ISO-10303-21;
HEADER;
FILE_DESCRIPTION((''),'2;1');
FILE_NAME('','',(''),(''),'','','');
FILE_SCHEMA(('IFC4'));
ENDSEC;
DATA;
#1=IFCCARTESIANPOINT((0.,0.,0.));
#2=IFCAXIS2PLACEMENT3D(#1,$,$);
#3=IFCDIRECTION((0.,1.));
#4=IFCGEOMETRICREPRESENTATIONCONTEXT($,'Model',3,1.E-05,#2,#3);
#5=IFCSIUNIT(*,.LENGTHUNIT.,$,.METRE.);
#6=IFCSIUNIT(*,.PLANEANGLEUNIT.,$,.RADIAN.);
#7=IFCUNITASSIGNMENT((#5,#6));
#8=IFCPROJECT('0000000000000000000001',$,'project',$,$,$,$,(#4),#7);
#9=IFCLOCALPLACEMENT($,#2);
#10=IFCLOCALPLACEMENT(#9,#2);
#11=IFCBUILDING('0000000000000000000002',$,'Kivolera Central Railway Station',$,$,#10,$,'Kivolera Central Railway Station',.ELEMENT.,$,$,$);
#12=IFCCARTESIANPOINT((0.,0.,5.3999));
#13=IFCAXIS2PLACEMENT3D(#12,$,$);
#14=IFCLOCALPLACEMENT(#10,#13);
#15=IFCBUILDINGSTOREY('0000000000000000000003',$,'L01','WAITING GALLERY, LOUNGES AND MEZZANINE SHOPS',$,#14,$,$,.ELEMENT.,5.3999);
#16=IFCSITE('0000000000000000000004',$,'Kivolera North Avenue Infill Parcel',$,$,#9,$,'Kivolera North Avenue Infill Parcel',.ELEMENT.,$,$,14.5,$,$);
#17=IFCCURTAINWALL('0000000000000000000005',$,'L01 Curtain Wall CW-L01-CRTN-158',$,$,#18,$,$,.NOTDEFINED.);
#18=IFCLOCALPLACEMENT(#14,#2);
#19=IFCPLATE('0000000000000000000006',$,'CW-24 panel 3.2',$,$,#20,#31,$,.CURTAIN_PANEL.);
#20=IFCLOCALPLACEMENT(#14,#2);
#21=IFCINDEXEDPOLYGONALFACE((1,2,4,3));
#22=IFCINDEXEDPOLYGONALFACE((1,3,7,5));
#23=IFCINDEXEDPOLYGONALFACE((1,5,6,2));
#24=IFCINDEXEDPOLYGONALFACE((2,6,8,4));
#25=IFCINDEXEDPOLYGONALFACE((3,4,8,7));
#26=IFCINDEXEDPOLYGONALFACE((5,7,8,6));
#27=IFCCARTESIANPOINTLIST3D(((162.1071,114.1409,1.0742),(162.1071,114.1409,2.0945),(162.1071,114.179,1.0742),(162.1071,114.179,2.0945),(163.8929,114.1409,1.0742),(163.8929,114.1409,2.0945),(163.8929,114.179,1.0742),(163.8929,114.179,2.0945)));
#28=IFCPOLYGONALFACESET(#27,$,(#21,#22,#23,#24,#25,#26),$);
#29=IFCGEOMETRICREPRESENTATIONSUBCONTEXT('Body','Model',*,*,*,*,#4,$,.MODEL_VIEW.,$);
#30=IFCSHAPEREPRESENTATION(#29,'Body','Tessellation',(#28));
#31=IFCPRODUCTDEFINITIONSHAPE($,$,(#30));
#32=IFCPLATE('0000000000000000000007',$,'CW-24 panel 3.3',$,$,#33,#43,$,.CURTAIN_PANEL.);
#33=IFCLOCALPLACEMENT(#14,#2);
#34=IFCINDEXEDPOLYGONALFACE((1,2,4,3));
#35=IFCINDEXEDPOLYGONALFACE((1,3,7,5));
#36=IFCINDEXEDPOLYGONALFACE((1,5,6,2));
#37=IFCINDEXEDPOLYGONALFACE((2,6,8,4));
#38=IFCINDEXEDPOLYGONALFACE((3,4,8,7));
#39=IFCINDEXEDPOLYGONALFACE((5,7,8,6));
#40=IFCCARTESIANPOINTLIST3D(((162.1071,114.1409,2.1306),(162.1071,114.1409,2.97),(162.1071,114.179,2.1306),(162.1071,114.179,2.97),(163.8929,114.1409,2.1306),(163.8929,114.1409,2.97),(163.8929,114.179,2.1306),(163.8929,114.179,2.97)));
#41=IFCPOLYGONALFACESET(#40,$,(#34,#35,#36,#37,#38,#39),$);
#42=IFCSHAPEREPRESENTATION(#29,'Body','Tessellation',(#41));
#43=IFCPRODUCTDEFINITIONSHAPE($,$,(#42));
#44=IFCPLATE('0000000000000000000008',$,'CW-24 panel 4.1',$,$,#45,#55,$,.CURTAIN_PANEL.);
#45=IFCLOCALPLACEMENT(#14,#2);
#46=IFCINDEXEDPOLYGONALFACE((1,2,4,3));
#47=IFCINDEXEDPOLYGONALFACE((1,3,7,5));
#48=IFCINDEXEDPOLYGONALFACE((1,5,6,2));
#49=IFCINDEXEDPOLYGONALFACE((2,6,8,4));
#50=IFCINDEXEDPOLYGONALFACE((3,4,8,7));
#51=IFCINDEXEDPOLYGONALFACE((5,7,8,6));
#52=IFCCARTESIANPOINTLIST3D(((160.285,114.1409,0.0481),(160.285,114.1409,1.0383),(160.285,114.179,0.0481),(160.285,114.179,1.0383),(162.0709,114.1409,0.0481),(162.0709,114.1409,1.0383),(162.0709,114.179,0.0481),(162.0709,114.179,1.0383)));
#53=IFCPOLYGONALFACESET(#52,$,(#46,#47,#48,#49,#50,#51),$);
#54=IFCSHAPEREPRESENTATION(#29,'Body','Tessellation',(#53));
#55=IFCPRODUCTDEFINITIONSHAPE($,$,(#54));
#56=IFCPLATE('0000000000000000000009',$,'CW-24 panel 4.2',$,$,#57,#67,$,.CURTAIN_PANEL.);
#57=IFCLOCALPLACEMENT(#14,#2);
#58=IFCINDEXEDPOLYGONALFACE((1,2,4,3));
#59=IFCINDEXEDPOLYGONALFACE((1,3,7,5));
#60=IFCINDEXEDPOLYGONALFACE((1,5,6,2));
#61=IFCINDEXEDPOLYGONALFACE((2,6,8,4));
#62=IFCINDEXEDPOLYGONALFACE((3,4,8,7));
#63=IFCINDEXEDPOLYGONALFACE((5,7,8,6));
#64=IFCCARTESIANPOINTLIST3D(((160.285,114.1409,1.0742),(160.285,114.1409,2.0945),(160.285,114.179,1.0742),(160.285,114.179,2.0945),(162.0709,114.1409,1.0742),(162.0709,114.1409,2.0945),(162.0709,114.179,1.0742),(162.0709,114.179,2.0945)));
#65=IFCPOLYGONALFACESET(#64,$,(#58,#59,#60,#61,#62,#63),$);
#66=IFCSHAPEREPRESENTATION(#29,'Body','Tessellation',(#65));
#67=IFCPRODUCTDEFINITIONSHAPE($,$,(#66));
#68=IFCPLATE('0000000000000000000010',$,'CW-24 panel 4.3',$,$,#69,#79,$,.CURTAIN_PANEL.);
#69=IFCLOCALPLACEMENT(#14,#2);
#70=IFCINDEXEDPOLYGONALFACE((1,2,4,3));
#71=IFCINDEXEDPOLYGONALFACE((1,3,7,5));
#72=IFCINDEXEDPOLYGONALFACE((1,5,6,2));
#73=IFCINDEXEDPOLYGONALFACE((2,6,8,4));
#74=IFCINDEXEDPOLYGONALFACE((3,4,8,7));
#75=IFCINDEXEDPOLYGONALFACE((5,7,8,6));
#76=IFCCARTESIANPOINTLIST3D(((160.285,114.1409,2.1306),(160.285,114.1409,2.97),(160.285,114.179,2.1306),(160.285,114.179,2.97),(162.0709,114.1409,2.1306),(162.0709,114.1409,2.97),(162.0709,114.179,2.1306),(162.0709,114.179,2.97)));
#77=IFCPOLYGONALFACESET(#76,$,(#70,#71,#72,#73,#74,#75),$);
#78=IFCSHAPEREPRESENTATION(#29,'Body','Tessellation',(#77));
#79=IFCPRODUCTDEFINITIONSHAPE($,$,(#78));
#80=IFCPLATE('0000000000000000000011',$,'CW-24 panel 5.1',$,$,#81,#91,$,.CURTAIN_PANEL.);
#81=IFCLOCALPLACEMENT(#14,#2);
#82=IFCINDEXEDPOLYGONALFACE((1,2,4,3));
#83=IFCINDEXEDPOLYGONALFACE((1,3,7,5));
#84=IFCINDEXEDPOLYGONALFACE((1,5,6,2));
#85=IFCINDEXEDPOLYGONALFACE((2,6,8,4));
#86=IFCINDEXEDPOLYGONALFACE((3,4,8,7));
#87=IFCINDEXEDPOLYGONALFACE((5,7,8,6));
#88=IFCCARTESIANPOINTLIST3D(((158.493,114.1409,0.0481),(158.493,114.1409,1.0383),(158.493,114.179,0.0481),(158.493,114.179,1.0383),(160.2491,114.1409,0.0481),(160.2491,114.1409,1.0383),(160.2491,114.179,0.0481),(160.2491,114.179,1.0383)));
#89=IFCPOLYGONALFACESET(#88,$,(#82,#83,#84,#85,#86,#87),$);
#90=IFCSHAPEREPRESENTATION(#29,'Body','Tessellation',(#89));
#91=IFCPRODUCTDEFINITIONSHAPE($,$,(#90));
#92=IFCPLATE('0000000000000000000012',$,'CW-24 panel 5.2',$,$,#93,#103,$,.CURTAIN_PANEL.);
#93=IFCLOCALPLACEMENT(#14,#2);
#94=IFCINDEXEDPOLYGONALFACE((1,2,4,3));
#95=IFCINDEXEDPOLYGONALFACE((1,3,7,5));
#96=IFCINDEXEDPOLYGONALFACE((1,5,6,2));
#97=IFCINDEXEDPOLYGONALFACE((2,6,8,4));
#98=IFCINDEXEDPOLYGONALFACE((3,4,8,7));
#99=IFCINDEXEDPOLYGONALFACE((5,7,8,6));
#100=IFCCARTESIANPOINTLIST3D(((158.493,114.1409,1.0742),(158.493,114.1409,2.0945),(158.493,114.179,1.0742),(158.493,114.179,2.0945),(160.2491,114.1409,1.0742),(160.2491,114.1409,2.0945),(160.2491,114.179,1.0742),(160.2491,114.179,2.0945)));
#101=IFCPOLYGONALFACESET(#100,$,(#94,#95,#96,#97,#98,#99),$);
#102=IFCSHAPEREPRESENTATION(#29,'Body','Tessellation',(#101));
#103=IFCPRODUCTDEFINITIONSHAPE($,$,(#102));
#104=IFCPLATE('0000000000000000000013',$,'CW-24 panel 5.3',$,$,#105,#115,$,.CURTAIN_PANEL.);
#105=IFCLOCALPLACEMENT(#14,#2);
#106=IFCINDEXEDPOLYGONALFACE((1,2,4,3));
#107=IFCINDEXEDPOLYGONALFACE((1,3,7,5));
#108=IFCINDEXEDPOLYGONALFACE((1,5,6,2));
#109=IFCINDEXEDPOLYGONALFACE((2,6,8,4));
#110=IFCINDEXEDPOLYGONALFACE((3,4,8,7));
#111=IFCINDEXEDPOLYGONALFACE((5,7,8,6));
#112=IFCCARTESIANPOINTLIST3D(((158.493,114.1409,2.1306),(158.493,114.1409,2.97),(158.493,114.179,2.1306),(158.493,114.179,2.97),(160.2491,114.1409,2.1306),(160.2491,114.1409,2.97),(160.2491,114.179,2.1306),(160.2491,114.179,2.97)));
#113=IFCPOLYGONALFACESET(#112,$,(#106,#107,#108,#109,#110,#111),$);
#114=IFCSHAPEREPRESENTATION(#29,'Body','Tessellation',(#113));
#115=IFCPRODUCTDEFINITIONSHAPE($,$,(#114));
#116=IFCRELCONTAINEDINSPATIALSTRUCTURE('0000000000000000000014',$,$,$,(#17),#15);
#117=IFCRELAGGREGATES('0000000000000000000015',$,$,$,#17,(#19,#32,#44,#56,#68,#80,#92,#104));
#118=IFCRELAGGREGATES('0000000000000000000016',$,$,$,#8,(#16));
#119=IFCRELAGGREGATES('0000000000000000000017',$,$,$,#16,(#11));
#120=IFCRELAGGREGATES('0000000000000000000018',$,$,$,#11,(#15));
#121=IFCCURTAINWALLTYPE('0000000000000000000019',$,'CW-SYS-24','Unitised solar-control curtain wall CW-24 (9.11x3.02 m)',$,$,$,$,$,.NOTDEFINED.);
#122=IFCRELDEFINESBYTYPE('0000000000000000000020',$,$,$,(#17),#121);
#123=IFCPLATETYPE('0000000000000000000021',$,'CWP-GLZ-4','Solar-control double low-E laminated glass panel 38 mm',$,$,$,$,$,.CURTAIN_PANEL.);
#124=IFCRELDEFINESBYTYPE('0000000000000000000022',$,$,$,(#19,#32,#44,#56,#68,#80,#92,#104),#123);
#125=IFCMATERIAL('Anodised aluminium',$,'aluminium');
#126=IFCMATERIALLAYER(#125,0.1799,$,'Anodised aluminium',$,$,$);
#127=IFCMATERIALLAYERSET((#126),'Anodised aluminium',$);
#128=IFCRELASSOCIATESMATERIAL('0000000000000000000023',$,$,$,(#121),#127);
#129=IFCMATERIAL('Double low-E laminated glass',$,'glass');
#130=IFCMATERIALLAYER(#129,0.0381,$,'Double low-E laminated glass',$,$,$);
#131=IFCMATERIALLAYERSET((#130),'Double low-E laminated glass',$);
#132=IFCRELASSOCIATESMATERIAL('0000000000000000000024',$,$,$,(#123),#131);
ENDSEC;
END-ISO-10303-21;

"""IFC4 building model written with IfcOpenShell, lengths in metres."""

from ifc_helpers import new_model, si_unit, direction, frame, origin, origin_2d, place, context, subcontext, project, spatial, rectangle, extrude, material, layer, layer_set, type_object, element, aggregate, save


model = new_model("IFC4")

# Units and contexts
model_context = context("Model", 3, precision=1e-05, world=origin(), true_north=direction((0.0, 1.0)))
body_context = subcontext(model_context, "Body", "Model", "MODEL_VIEW")
ifc_project = project(units=[si_unit("LENGTHUNIT", "METRE"), si_unit("PLANEANGLEUNIT", "RADIAN")], contexts=[model_context])

# Site, building, storey
site_placement = place(None, origin())
site = spatial("IfcSite", under=ifc_project, at=site_placement, Name="Kivolera North Avenue Infill Parcel", LongName="Kivolera North Avenue Infill Parcel", CompositionType="ELEMENT", RefElevation=14.5)
building_placement = place(site_placement, origin())
building = spatial("IfcBuilding", under=site, at=building_placement, Name="Kivolera Central Railway Station", LongName="Kivolera Central Railway Station", CompositionType="ELEMENT")
storey_placement = place(building_placement, frame((0.0, 0.0, 5.3999)))
storey = spatial("IfcBuildingStorey", under=building, at=storey_placement, Name="L01", Description="WAITING GALLERY, LOUNGES AND MEZZANINE SHOPS", CompositionType="ELEMENT", Elevation=5.3999)

# Curtain wall, plates
ifc_material_1 = material(Name="Anodised aluminium", Category="aluminium")
ifc_layer_1 = layer(ifc_material_1, 0.1799, Name="Anodised aluminium")
ifc_layer_set_1 = layer_set([ifc_layer_1], Name="Anodised aluminium")
curtain_wall_type = type_object("IfcCurtainWallType", Name="CW-SYS-24", Description="Unitised solar-control curtain wall CW-24 (9.11x3.02 m)", PredefinedType="NOTDEFINED", material=ifc_layer_set_1)
curtain_wall_placement = place(storey_placement, origin())
curtain_wall = element("IfcCurtainWall", 1, at=curtain_wall_placement, inside=storey, type_object=curtain_wall_type, Name="L01 Curtain Wall CW-L01-CRTN-158", PredefinedType="NOTDEFINED")
ifc_material_2 = material(Name="Double low-E laminated glass", Category="glass")
ifc_layer_2 = layer(ifc_material_2, 0.0381, Name="Double low-E laminated glass")
ifc_layer_set_2 = layer_set([ifc_layer_2], Name="Double low-E laminated glass")
plate_type = type_object("IfcPlateType", Name="CWP-GLZ-4", Description="Solar-control double low-E laminated glass panel 38 mm", PredefinedType="CURTAIN_PANEL", material=ifc_layer_set_2)
plate_1_placement = place(storey_placement, frame((163.0, 114.1599, 1.0742), z_axis=(0.0, 0.0, 1.0), x_axis=(-1.0, 0.0, 0.0)))
plate_1 = element("IfcPlate", 2, at=plate_1_placement, type_object=plate_type, Name="CW-24 panel 3.2", PredefinedType="CURTAIN_PANEL", context=body_context, shape_type="SweptSolid", body=[
    extrude(rectangle(XDim=1.7859, YDim=0.0381, at=origin_2d()), origin(), (0.0, 0.0, 1.0), 1.0203),
])
plate_2_placement = place(storey_placement, frame((163.0, 114.1599, 2.1306), z_axis=(0.0, 0.0, 1.0), x_axis=(-1.0, 0.0, 0.0)))
plate_2 = element("IfcPlate", 3, at=plate_2_placement, type_object=plate_type, Name="CW-24 panel 3.3", PredefinedType="CURTAIN_PANEL", context=body_context, shape_type="SweptSolid", body=[
    extrude(rectangle(XDim=1.7859, YDim=0.0381, at=origin_2d()), origin(), (0.0, 0.0, 1.0), 0.8394),
])
plate_3_placement = place(storey_placement, frame((161.178, 114.1599, 0.0481), z_axis=(0.0, 0.0, 1.0), x_axis=(-1.0, 0.0, 0.0)))
plate_3 = element("IfcPlate", 4, at=plate_3_placement, type_object=plate_type, Name="CW-24 panel 4.1", PredefinedType="CURTAIN_PANEL", context=body_context, shape_type="SweptSolid", body=[
    extrude(rectangle(XDim=1.7859, YDim=0.0381, at=origin_2d()), origin(), (0.0, 0.0, 1.0), 0.9902),
])
plate_4_placement = place(storey_placement, frame((161.178, 114.1599, 1.0742), z_axis=(0.0, 0.0, 1.0), x_axis=(-1.0, 0.0, 0.0)))
plate_4 = element("IfcPlate", 5, at=plate_4_placement, type_object=plate_type, Name="CW-24 panel 4.2", PredefinedType="CURTAIN_PANEL", context=body_context, shape_type="SweptSolid", body=[
    extrude(rectangle(XDim=1.7859, YDim=0.0381, at=origin_2d()), origin(), (0.0, 0.0, 1.0), 1.0203),
])
plate_5_placement = place(storey_placement, frame((161.178, 114.1599, 2.1306), z_axis=(0.0, 0.0, 1.0), x_axis=(-1.0, 0.0, 0.0)))
plate_5 = element("IfcPlate", 6, at=plate_5_placement, type_object=plate_type, Name="CW-24 panel 4.3", PredefinedType="CURTAIN_PANEL", context=body_context, shape_type="SweptSolid", body=[
    extrude(rectangle(XDim=1.7859, YDim=0.0381, at=origin_2d()), origin(), (0.0, 0.0, 1.0), 0.8394),
])
plate_6_placement = place(storey_placement, frame((159.3711, 114.1599, 0.0481), z_axis=(0.0, 0.0, 1.0), x_axis=(-1.0, 0.0, 0.0)))
plate_6 = element("IfcPlate", 7, at=plate_6_placement, type_object=plate_type, Name="CW-24 panel 5.1", PredefinedType="CURTAIN_PANEL", context=body_context, shape_type="SweptSolid", body=[
    extrude(rectangle(XDim=1.7561, YDim=0.0381, at=origin_2d()), origin(), (0.0, 0.0, 1.0), 0.9902),
])
plate_7_placement = place(storey_placement, frame((159.3711, 114.1599, 1.0742), z_axis=(0.0, 0.0, 1.0), x_axis=(-1.0, 0.0, 0.0)))
plate_7 = element("IfcPlate", 8, at=plate_7_placement, type_object=plate_type, Name="CW-24 panel 5.2", PredefinedType="CURTAIN_PANEL", context=body_context, shape_type="SweptSolid", body=[
    extrude(rectangle(XDim=1.7561, YDim=0.0381, at=origin_2d()), origin(), (0.0, 0.0, 1.0), 1.0203),
])
plate_8_placement = place(storey_placement, frame((159.3711, 114.1599, 2.1306), z_axis=(0.0, 0.0, 1.0), x_axis=(-1.0, 0.0, 0.0)))
plate_8 = element("IfcPlate", 9, at=plate_8_placement, type_object=plate_type, Name="CW-24 panel 5.3", PredefinedType="CURTAIN_PANEL", context=body_context, shape_type="SweptSolid", body=[
    extrude(rectangle(XDim=1.7561, YDim=0.0381, at=origin_2d()), origin(), (0.0, 0.0, 1.0), 0.8394),
])
aggregate(curtain_wall, [plate_1, plate_2, plate_3, plate_4, plate_5, plate_6, plate_7, plate_8])

save(model, "model.ifc")
